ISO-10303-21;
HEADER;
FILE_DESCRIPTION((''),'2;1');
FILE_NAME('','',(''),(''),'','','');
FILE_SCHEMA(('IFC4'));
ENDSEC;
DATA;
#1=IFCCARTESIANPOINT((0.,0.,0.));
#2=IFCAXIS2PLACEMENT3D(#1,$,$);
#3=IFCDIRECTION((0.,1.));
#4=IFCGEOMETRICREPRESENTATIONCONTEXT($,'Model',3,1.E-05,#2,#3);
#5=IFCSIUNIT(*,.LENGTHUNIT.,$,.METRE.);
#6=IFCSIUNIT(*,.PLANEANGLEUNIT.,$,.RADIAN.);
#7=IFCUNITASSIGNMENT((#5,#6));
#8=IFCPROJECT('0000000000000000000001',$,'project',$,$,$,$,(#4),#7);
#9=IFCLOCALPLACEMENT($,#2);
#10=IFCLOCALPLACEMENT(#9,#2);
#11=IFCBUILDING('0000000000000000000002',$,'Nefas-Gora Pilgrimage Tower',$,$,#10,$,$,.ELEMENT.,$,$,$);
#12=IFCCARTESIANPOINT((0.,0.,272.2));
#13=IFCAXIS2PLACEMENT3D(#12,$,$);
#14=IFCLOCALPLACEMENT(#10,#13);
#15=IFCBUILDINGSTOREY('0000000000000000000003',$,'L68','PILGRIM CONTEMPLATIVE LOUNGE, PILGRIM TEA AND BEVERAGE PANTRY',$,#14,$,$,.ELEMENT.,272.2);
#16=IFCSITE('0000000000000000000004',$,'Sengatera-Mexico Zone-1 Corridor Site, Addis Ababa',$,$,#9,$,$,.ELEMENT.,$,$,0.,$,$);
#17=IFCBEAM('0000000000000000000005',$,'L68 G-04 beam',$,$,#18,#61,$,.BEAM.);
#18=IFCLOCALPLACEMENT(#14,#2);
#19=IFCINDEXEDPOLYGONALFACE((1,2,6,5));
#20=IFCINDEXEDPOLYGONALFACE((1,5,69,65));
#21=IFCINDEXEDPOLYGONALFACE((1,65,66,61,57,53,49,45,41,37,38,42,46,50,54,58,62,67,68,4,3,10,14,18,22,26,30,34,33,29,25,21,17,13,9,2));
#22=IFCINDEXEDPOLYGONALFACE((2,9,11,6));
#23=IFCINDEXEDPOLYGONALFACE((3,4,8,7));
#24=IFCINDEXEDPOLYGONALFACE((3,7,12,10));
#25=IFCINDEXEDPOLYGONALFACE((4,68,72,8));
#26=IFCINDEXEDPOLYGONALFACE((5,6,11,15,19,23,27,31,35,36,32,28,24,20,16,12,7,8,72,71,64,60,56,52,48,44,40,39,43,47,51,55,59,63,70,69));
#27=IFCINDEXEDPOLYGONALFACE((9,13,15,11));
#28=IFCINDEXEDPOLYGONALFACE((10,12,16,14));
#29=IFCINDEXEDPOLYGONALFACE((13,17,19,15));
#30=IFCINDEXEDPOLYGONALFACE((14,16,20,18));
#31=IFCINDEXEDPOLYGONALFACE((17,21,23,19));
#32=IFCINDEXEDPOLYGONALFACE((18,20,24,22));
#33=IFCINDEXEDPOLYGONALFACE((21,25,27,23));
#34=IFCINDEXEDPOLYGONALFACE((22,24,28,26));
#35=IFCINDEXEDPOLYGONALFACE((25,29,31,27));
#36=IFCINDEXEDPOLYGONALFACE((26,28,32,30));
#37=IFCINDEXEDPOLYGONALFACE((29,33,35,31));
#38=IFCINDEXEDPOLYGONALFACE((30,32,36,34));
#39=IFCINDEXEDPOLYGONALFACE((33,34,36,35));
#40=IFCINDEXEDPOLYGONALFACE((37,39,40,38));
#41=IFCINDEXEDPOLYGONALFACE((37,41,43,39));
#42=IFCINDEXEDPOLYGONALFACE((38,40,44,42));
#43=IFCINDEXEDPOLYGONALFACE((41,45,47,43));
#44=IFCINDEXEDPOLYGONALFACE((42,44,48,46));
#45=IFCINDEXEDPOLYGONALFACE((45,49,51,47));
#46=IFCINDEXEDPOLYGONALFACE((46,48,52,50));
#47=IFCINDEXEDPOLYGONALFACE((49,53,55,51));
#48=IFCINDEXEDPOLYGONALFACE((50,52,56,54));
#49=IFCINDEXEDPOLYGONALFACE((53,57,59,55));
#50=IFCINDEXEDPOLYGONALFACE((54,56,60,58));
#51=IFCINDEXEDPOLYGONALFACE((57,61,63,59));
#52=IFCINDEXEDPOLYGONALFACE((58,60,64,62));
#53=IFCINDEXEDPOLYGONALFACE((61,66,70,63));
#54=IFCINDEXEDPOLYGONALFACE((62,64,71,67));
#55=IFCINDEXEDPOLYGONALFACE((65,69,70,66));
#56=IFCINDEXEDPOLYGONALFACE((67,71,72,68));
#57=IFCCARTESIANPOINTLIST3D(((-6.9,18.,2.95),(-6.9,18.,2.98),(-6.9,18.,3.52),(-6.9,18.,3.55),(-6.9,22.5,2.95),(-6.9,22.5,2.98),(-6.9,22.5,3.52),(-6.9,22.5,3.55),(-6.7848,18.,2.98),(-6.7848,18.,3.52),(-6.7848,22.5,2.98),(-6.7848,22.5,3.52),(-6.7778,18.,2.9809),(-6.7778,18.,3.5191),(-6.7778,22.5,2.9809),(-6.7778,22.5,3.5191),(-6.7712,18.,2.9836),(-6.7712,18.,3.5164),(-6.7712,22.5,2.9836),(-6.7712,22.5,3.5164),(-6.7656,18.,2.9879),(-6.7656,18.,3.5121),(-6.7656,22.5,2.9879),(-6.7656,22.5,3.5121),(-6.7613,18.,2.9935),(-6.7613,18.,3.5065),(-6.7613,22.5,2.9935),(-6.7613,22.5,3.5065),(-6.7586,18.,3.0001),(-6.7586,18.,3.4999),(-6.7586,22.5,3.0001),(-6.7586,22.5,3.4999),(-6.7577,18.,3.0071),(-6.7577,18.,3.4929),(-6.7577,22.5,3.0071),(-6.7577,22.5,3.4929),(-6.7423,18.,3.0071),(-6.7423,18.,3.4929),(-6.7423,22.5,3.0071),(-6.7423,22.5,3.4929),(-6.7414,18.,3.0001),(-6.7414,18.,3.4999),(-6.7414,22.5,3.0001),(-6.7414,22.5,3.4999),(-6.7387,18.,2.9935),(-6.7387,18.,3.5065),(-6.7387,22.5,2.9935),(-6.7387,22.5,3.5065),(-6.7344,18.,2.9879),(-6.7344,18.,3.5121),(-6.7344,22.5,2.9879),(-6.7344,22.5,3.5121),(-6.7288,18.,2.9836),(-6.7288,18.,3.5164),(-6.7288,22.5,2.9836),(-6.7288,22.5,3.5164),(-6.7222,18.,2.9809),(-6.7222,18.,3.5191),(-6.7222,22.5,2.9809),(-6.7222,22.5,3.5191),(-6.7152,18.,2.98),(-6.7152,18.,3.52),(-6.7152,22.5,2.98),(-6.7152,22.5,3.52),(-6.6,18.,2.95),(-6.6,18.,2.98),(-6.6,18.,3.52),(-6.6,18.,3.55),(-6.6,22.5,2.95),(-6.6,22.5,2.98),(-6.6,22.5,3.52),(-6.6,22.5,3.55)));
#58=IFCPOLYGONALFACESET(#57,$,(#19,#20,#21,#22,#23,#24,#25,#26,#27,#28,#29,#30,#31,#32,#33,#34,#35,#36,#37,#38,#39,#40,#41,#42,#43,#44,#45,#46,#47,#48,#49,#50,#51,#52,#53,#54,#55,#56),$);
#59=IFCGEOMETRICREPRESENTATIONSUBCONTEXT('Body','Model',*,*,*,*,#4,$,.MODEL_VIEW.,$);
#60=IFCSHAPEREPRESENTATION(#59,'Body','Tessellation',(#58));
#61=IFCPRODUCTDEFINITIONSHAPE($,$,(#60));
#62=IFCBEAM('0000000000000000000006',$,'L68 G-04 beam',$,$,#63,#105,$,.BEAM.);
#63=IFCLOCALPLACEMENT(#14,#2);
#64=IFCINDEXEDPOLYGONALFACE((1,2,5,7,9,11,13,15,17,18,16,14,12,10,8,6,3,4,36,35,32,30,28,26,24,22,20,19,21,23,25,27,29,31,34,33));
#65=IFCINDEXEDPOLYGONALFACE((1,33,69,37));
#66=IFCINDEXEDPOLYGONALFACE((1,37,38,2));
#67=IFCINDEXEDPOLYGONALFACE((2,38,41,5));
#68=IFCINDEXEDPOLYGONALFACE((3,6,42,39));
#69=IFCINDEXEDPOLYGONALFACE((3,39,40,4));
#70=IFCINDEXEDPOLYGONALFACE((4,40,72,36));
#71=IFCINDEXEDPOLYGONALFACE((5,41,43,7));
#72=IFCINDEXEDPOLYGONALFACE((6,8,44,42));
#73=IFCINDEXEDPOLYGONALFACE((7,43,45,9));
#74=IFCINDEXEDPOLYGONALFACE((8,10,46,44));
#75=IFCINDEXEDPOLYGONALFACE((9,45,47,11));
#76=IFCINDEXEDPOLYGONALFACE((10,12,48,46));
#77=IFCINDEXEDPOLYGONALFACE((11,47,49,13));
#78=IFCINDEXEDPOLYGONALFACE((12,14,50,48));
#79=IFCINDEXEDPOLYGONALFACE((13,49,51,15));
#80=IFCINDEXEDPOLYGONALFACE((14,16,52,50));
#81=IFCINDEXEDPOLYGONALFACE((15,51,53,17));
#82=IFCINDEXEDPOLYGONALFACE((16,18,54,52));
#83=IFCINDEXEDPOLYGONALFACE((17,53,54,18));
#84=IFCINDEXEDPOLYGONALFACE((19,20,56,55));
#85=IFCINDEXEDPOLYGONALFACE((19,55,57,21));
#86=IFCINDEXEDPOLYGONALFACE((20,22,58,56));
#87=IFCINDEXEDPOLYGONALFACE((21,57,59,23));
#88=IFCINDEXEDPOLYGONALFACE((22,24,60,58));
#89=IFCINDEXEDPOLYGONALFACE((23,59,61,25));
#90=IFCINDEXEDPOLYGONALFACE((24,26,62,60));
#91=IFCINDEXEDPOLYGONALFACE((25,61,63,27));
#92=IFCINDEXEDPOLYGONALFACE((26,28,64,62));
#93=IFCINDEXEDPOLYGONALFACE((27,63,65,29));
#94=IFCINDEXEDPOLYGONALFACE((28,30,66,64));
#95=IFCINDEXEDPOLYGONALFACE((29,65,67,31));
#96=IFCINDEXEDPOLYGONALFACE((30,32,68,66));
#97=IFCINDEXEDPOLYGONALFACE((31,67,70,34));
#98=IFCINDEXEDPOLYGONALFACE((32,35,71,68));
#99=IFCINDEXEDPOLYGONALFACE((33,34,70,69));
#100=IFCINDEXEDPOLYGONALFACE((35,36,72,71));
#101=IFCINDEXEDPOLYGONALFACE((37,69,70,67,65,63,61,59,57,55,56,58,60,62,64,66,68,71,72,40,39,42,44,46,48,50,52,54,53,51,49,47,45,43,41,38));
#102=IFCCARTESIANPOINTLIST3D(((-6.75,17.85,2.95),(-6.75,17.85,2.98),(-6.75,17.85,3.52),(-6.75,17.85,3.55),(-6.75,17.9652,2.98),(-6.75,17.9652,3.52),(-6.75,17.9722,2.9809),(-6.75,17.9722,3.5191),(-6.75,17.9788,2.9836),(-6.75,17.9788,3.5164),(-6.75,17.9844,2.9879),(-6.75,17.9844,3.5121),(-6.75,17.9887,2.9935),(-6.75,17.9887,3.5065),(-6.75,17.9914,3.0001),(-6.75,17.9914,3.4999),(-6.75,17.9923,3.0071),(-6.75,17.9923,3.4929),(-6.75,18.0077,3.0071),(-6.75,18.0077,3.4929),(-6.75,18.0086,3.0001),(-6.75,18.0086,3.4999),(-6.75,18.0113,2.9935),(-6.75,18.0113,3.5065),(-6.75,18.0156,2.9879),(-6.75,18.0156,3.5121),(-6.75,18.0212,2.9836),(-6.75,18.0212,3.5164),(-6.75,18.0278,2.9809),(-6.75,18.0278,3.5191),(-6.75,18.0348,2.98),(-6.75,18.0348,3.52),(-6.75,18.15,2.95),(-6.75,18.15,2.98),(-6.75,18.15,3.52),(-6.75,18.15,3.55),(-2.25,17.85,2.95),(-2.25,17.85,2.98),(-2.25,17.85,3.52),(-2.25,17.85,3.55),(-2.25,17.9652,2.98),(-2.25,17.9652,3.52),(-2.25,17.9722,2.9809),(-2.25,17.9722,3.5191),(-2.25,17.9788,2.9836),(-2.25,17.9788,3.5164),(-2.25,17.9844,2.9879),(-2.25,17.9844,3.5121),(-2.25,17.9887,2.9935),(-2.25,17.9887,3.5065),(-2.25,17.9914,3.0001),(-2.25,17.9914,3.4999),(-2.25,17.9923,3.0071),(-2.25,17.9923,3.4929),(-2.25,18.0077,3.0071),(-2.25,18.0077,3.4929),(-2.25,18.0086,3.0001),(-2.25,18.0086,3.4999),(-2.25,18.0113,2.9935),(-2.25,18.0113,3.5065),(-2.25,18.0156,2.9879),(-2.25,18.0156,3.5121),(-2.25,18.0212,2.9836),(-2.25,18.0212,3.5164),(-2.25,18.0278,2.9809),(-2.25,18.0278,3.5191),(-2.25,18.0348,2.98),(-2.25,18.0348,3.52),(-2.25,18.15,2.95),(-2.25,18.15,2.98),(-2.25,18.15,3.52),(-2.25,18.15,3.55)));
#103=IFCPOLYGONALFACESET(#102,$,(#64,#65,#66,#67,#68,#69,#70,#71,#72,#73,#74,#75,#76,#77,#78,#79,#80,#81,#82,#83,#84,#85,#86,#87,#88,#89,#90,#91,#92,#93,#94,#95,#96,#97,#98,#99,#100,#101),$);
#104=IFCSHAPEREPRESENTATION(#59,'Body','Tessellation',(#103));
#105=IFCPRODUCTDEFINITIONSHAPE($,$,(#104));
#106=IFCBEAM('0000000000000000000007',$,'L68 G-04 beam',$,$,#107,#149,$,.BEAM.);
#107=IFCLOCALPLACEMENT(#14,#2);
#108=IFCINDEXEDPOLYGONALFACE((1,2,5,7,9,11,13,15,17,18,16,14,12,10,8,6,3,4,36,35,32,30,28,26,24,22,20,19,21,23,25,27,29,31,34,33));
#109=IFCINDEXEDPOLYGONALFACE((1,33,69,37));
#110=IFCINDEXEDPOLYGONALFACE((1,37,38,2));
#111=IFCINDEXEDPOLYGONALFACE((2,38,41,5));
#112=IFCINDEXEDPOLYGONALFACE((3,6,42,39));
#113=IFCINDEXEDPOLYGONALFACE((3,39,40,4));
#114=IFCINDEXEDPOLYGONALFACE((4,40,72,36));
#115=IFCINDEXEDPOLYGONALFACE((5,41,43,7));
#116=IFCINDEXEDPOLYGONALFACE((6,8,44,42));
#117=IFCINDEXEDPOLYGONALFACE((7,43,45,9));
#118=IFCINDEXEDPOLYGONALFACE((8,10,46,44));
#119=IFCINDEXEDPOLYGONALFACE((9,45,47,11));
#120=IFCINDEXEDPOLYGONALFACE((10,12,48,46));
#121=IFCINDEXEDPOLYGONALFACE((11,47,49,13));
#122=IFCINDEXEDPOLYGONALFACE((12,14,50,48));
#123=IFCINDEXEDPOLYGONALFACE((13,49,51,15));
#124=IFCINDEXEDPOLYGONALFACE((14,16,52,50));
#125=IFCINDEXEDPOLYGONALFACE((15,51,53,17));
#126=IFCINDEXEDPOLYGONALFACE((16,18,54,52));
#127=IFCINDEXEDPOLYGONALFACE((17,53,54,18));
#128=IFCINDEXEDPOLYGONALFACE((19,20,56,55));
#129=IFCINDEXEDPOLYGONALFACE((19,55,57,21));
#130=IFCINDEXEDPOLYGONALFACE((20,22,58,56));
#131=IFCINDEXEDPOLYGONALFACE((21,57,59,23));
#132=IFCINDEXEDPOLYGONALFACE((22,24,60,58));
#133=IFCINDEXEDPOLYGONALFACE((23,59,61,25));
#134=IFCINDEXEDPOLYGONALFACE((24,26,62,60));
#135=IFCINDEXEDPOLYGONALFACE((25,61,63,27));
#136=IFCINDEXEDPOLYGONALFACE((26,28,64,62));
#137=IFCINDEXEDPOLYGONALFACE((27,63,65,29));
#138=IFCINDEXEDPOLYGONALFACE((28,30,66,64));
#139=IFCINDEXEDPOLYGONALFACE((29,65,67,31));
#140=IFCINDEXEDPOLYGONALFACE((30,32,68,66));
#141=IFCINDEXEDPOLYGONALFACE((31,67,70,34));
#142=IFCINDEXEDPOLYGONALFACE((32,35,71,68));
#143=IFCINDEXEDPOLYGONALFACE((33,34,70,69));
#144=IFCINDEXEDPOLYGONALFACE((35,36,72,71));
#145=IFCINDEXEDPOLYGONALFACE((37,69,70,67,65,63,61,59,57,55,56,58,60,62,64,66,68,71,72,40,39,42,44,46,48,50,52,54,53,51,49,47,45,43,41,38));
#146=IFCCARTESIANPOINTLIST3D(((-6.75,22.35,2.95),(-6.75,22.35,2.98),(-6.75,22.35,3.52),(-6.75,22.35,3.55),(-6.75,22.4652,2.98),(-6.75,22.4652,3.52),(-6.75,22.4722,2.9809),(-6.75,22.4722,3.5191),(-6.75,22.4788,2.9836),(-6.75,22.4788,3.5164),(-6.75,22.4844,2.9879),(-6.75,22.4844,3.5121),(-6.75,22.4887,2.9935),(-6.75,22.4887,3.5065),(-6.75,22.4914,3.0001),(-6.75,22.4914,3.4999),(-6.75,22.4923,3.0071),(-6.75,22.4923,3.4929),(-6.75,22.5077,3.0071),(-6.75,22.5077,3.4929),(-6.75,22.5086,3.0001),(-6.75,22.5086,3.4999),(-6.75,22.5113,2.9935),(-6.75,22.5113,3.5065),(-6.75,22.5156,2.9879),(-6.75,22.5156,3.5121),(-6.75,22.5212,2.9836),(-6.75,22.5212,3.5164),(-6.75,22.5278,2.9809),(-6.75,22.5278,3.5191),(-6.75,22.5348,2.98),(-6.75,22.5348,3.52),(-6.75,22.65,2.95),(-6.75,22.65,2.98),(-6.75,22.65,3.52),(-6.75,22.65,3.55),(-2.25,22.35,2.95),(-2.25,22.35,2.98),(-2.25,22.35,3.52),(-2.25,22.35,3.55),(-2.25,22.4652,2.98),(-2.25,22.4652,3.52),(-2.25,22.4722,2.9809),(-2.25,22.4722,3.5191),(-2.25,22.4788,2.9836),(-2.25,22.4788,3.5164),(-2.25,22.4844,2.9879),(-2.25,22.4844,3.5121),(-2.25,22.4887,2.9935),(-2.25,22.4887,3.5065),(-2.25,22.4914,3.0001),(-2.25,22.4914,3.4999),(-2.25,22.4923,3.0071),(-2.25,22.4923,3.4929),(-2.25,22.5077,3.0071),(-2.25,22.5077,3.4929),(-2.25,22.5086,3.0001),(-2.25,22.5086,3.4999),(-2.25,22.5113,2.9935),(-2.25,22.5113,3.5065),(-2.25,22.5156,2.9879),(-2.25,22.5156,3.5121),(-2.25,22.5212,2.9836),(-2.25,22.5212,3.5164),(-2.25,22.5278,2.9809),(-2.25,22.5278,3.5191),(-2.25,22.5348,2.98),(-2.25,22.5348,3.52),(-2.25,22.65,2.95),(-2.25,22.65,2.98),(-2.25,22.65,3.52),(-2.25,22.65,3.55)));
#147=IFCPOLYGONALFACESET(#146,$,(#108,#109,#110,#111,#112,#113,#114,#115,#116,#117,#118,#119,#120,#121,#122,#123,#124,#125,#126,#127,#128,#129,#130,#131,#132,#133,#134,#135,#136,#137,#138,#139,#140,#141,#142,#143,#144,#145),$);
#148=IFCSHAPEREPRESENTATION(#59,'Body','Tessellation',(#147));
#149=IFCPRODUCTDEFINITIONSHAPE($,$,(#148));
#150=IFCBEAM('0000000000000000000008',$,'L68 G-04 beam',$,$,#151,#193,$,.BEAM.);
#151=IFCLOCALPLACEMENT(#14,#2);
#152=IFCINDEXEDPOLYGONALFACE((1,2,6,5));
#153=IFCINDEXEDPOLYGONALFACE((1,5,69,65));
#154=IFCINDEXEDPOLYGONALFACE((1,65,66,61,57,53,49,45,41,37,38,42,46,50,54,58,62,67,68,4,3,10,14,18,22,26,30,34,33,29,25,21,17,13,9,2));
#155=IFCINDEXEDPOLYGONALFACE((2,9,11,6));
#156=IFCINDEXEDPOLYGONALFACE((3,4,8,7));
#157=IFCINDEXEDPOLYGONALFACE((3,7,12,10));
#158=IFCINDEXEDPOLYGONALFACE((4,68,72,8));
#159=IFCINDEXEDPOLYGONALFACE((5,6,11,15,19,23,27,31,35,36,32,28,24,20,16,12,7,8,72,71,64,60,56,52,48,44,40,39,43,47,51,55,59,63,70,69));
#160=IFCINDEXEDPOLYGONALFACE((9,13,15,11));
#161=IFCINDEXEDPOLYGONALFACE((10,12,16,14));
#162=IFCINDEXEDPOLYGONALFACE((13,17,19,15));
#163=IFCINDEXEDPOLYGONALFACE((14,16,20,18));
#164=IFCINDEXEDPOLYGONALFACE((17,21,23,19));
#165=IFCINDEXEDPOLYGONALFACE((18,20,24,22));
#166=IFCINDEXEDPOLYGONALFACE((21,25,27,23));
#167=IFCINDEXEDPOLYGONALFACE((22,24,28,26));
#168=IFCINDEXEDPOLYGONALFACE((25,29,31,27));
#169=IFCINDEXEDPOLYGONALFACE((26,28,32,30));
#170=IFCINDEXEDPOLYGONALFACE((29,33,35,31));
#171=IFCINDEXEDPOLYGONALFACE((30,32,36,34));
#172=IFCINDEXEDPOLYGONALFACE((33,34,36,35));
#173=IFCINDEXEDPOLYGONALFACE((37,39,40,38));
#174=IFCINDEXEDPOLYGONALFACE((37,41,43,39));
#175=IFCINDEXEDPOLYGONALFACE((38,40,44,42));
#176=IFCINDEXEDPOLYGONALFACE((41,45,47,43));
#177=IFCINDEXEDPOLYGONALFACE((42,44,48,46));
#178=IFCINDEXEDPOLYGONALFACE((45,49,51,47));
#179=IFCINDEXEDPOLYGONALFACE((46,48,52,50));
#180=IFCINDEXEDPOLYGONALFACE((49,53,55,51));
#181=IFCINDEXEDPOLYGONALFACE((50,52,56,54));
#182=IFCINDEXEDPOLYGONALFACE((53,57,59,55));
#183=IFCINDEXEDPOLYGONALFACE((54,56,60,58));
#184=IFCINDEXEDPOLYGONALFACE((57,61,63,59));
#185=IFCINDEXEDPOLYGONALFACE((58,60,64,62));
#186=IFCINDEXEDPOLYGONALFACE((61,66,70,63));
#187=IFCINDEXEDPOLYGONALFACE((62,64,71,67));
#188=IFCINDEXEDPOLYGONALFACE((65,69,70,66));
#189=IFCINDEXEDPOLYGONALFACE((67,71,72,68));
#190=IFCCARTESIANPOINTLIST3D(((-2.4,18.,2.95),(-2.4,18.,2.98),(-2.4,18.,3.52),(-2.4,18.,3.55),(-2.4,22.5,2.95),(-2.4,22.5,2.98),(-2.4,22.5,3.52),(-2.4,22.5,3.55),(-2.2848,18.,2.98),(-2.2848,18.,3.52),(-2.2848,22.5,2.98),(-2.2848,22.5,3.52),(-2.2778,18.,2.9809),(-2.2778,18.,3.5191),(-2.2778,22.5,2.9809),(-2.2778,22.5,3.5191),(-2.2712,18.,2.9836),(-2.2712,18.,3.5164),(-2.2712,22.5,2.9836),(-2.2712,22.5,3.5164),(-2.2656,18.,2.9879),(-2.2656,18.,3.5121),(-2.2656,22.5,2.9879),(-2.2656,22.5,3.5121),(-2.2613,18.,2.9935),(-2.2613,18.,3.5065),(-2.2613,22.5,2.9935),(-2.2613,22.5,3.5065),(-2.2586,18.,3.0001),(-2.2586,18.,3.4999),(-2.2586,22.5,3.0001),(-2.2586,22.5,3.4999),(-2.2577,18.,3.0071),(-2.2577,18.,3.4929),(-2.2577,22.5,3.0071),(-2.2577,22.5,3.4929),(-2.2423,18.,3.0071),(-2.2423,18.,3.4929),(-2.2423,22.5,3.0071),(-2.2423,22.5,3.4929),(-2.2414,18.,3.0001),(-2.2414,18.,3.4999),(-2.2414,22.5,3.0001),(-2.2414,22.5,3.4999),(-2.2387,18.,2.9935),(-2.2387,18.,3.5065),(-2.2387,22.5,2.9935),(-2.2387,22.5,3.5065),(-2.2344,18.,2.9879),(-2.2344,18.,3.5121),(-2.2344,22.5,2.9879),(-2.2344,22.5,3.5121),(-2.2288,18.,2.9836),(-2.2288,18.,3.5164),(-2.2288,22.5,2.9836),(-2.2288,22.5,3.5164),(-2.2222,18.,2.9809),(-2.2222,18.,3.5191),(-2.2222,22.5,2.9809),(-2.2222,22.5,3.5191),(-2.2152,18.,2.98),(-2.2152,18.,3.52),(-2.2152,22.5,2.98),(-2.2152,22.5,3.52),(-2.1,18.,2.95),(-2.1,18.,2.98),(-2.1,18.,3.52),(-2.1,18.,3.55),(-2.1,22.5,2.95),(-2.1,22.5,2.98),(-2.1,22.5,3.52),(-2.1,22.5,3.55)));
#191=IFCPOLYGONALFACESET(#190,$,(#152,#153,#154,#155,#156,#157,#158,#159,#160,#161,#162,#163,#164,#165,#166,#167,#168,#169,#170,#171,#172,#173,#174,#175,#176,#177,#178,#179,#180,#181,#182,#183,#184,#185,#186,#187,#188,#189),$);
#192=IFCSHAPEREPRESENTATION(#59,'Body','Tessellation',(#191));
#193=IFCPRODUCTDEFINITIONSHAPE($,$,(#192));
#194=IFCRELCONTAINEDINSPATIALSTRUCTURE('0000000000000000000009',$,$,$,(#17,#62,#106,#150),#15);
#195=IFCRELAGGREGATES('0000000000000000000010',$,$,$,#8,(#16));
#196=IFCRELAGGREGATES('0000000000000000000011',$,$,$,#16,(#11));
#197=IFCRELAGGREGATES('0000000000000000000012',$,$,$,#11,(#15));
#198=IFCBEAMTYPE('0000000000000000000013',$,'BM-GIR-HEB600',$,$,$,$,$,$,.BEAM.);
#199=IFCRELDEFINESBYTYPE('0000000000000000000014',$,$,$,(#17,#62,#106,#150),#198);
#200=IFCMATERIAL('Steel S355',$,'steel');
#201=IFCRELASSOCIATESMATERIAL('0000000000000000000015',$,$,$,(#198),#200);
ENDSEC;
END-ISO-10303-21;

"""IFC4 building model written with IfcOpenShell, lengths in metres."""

from ifc_helpers import new_model, si_unit, direction, frame, origin, origin_2d, place, context, subcontext, project, spatial, i_section, extrude, source, transform, mapped, material, material_profile, profile_set, type_object, element, save


model = new_model("IFC4")

# Units and contexts
model_context = context("Model", 3, precision=1e-05, world=origin(), true_north=direction((0.0, 1.0)))
body_context = subcontext(model_context, "Body", "Model", "MODEL_VIEW")
ifc_project = project(units=[si_unit("LENGTHUNIT", "METRE"), si_unit("PLANEANGLEUNIT", "RADIAN")], contexts=[model_context])

# Site, building, storey
site_placement = place(None, origin())
site = spatial("IfcSite", under=ifc_project, at=site_placement, Name="Sengatera-Mexico Zone-1 Corridor Site, Addis Ababa", CompositionType="ELEMENT", RefElevation=0.0)
building_placement = place(site_placement, origin())
building = spatial("IfcBuilding", under=site, at=building_placement, Name="Nefas-Gora Pilgrimage Tower", CompositionType="ELEMENT")
storey_placement = place(building_placement, frame((0.0, 0.0, 272.2)))
storey = spatial("IfcBuildingStorey", under=building, at=storey_placement, Name="L68", Description="PILGRIM CONTEMPLATIVE LOUNGE, PILGRIM TEA AND BEVERAGE PANTRY", CompositionType="ELEMENT", Elevation=272.2)

# Shared definitions
ifc_material_1 = material(Name="Steel S355", Category="steel")

# Beams
ifc_material_profile_1 = material_profile(ifc_material_1, i_section(OverallWidth=0.3, OverallDepth=0.6001, WebThickness=0.0154, FlangeThickness=0.03, FilletRadius=0.0271, at=origin_2d()), Name="HEB 600")
ifc_profile_set_1 = profile_set([ifc_material_profile_1], Name="Steel S355")
beam_type = type_object("IfcBeamType", Name="BM-GIR-HEB600", PredefinedType="BEAM", material=ifc_profile_set_1)
shared_shape_1 = source(origin(), body_context, "Body", "SweptSolid", [
    extrude(i_section(OverallWidth=0.3, OverallDepth=0.6001, WebThickness=0.0154, FlangeThickness=0.03, FilletRadius=0.0271, at=origin_2d()), origin(), (0.0, 0.0, 1.0), 4.5),
])
for number, where, z_axis, x_axis, name in (
    (1, (-6.75, 18.0, 3.25), (0.0, 1.0, 0.0), (-1.0, 0.0, 0.0), "L68 G-04 beam"),
    (2, (-6.75, 18.0, 3.25), (1.0, 0.0, 0.0), (0.0, 1.0, 0.0), "L68 G-04 beam"),
    (3, (-6.75, 22.5, 3.25), (1.0, 0.0, 0.0), (0.0, 1.0, 0.0), "L68 G-04 beam"),
    (4, (-2.25, 18.0, 3.25), (0.0, 1.0, 0.0), (-1.0, 0.0, 0.0), "L68 G-04 beam"),
):
    element("IfcBeam", number, at=place(storey_placement, frame(where, z_axis=z_axis, x_axis=x_axis)), inside=storey, type_object=beam_type, Name=name, PredefinedType="BEAM", context=body_context, shape_type="MappedRepresentation", body=[
        mapped(shared_shape_1, transform((0.0, 0.0, 0.0), x_axis=(1.0, 0.0, 0.0), y_axis=(0.0, 1.0, 0.0), z_axis=(0.0, 0.0, 1.0), scale=1.0)),
    ])

save(model, "model.ifc")
